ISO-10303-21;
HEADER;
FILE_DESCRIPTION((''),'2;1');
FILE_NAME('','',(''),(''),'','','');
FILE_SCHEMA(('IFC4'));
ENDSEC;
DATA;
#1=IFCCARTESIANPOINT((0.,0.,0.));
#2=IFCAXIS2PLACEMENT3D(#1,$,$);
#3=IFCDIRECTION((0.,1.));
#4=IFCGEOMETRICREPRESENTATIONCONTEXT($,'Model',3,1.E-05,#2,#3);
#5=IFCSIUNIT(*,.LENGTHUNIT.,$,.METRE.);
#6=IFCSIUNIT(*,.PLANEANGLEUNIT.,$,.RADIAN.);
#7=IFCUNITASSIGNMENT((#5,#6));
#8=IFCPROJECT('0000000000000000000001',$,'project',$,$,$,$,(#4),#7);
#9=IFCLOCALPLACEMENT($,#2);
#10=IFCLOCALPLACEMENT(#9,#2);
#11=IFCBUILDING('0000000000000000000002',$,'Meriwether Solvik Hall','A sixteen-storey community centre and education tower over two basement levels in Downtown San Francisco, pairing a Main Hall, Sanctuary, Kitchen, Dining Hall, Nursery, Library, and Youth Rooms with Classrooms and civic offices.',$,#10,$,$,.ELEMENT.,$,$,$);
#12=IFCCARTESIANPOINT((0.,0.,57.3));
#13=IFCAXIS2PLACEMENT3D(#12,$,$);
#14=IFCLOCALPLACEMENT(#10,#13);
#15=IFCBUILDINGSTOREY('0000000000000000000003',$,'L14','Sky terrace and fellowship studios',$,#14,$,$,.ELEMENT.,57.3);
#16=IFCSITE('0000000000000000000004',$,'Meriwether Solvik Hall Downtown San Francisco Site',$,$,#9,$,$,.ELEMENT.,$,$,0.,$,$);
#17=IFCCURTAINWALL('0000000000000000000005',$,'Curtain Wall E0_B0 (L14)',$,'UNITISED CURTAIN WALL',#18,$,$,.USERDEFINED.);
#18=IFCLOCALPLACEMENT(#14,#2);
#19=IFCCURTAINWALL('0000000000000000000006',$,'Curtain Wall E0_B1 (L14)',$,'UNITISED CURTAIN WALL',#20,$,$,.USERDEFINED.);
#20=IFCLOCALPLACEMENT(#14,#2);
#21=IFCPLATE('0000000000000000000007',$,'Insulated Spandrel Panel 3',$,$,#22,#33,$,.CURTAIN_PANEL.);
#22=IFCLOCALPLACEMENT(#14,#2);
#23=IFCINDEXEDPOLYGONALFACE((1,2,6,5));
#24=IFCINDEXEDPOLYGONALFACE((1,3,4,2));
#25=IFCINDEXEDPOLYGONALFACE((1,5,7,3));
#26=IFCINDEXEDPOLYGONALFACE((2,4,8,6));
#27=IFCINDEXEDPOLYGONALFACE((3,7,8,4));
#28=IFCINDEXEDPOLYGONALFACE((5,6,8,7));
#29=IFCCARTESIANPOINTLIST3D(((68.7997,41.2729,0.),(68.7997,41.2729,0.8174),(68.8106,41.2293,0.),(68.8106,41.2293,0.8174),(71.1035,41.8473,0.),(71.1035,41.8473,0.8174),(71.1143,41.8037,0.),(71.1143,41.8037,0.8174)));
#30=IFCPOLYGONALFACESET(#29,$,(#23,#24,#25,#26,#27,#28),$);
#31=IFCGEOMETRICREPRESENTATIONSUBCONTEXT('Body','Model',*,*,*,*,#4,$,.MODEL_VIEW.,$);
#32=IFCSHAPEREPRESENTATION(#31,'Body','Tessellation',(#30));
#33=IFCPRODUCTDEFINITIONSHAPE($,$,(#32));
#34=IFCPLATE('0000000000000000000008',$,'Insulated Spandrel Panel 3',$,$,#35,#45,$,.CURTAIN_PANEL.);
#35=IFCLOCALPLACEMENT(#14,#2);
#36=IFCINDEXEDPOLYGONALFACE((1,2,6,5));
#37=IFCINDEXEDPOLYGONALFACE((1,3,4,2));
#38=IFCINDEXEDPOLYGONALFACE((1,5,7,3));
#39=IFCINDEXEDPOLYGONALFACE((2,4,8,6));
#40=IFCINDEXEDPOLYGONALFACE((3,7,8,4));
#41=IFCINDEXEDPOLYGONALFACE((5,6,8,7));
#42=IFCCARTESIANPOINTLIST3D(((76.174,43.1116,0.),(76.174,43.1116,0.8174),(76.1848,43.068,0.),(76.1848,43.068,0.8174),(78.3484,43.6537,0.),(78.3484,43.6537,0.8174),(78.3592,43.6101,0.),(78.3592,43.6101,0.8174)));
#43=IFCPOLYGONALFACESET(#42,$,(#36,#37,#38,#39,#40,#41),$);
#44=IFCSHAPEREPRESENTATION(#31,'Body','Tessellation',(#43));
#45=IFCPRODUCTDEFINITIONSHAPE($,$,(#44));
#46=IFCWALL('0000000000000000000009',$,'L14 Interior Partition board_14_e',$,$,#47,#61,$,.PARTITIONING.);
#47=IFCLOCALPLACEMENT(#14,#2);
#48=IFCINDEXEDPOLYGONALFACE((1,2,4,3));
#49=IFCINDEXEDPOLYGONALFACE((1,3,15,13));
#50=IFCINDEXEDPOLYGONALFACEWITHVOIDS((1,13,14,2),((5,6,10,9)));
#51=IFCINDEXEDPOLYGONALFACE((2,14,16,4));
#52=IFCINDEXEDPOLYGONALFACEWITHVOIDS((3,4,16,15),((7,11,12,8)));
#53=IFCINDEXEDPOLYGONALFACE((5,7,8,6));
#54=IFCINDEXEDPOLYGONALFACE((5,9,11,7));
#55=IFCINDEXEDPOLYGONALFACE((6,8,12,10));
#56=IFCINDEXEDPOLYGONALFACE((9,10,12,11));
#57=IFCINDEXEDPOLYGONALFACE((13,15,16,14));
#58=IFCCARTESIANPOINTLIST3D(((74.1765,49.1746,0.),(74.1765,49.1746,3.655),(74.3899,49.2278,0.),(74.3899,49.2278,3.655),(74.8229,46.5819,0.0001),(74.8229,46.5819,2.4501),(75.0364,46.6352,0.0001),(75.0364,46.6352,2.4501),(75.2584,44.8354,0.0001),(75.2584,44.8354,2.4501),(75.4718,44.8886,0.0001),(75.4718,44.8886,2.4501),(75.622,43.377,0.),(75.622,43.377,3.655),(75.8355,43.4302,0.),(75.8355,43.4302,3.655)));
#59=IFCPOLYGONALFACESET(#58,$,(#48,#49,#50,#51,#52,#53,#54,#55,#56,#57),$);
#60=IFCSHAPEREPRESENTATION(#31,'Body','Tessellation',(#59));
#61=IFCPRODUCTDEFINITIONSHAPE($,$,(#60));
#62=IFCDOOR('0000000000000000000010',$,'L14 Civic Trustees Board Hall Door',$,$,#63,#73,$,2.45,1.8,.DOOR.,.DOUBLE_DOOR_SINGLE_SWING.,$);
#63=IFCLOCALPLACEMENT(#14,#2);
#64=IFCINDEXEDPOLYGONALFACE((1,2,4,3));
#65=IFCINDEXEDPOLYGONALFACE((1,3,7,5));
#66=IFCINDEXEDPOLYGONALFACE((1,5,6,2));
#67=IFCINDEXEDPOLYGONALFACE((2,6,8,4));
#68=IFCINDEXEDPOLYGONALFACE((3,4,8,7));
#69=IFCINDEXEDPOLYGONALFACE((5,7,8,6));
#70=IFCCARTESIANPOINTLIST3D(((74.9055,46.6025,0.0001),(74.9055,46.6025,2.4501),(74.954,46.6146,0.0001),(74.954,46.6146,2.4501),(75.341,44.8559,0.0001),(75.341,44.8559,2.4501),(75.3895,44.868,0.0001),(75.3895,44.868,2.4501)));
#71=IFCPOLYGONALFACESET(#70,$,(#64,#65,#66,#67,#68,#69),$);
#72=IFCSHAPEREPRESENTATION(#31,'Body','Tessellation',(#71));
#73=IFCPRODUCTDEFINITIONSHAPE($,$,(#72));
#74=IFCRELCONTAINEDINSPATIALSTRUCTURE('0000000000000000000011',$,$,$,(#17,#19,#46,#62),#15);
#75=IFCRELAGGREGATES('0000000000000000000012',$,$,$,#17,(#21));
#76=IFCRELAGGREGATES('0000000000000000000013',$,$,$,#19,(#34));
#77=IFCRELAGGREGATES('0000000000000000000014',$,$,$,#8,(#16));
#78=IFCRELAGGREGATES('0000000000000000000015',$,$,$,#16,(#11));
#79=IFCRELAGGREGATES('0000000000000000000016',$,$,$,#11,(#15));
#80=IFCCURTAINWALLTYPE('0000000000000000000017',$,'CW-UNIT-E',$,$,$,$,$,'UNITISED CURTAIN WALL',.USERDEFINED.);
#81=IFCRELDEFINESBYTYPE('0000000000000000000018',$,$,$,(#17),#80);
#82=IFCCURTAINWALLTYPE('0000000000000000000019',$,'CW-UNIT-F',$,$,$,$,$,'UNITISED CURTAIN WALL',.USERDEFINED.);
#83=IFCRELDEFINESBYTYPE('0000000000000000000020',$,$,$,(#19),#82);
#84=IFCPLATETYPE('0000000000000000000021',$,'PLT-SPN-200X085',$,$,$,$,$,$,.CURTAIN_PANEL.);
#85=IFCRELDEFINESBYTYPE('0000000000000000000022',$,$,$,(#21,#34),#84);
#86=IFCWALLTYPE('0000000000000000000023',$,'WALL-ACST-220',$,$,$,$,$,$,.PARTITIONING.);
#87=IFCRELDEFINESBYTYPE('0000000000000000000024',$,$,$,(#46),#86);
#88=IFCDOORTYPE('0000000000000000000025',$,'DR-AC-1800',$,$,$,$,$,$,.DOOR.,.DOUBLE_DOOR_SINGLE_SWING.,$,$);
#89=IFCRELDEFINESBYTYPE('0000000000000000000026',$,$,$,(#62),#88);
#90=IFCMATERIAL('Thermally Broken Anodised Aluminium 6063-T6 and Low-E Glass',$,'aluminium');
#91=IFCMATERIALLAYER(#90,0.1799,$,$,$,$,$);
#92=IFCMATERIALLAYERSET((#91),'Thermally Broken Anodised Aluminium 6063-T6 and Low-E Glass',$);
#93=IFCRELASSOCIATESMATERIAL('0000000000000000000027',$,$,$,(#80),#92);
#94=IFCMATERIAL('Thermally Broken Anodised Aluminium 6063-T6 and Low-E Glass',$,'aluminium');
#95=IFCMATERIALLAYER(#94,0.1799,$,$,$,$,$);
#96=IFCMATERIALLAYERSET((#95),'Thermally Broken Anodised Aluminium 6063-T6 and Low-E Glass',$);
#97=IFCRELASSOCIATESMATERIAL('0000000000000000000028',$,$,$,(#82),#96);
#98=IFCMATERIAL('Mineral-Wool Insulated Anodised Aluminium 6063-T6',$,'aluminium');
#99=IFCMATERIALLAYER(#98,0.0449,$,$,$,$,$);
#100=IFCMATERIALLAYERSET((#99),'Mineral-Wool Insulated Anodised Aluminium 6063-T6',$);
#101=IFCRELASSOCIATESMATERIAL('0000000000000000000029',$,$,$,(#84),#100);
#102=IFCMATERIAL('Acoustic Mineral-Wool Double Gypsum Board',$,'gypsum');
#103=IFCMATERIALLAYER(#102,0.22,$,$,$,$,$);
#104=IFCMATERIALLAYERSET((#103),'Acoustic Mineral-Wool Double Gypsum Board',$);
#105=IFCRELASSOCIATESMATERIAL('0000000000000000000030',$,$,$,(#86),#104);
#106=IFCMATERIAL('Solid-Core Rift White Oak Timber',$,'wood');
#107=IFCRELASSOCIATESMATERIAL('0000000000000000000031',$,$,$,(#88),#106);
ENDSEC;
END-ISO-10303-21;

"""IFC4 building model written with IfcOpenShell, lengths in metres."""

from ifc_helpers import new_model, si_unit, direction, frame, frame_2d, origin, origin_2d, place, context, subcontext, project, spatial, rectangle, extrude, material, layer, layer_set, type_object, element, fill, aggregate, save


model = new_model("IFC4")

# Units and contexts
model_context = context("Model", 3, precision=1e-05, world=origin(), true_north=direction((0.0, 1.0)))
body_context = subcontext(model_context, "Body", "Model", "MODEL_VIEW")
ifc_project = project(units=[si_unit("LENGTHUNIT", "METRE"), si_unit("PLANEANGLEUNIT", "RADIAN")], contexts=[model_context])

# Site, building, storey
site_placement = place(None, origin())
site = spatial("IfcSite", under=ifc_project, at=site_placement, Name="Meriwether Solvik Hall Downtown San Francisco Site", CompositionType="ELEMENT", RefElevation=0.0)
building_placement = place(site_placement, origin())
building = spatial("IfcBuilding", under=site, at=building_placement, Name="Meriwether Solvik Hall", Description="A sixteen-storey community centre and education tower over two basement levels in Downtown San Francisco, pairing a Main Hall, Sanctuary, Kitchen, Dining Hall, Nursery, Library, and Youth Rooms with Classrooms and civic offices.", CompositionType="ELEMENT")
storey_placement = place(building_placement, frame((0.0, 0.0, 57.3)))
storey = spatial("IfcBuildingStorey", under=building, at=storey_placement, Name="L14", Description="Sky terrace and fellowship studios", CompositionType="ELEMENT", Elevation=57.3)

# Curtain wall
ifc_material_1 = material(Name="Thermally Broken Anodised Aluminium 6063-T6 and Low-E Glass", Category="aluminium")
ifc_layer_1 = layer(ifc_material_1, 0.1799)
ifc_layer_set_1 = layer_set([ifc_layer_1], Name="Thermally Broken Anodised Aluminium 6063-T6 and Low-E Glass")
curtain_wall_type_1 = type_object("IfcCurtainWallType", Name="CW-UNIT-E", ElementType="UNITISED CURTAIN WALL", PredefinedType="USERDEFINED", material=ifc_layer_set_1)
curtain_wall_1_placement = place(storey_placement, origin())
curtain_wall_1 = element("IfcCurtainWall", 1, at=curtain_wall_1_placement, inside=storey, type_object=curtain_wall_type_1, Name="Curtain Wall E0_B0 (L14)", ObjectType="UNITISED CURTAIN WALL", PredefinedType="USERDEFINED")

# Curtain wall
ifc_material_2 = material(Name="Thermally Broken Anodised Aluminium 6063-T6 and Low-E Glass", Category="aluminium")
ifc_layer_2 = layer(ifc_material_2, 0.1799)
ifc_layer_set_2 = layer_set([ifc_layer_2], Name="Thermally Broken Anodised Aluminium 6063-T6 and Low-E Glass")
curtain_wall_type_2 = type_object("IfcCurtainWallType", Name="CW-UNIT-F", ElementType="UNITISED CURTAIN WALL", PredefinedType="USERDEFINED", material=ifc_layer_set_2)
curtain_wall_2_placement = place(storey_placement, origin())
curtain_wall_2 = element("IfcCurtainWall", 2, at=curtain_wall_2_placement, inside=storey, type_object=curtain_wall_type_2, Name="Curtain Wall E0_B1 (L14)", ObjectType="UNITISED CURTAIN WALL", PredefinedType="USERDEFINED")

# Plates
ifc_material_3 = material(Name="Mineral-Wool Insulated Anodised Aluminium 6063-T6", Category="aluminium")
ifc_layer_3 = layer(ifc_material_3, 0.0449)
ifc_layer_set_3 = layer_set([ifc_layer_3], Name="Mineral-Wool Insulated Anodised Aluminium 6063-T6")
plate_type_1 = type_object("IfcPlateType", Name="PLT-SPN-200X085", PredefinedType="CURTAIN_PANEL", material=ifc_layer_set_3)
plate_1_placement = place(storey_placement, frame((69.957, 41.5383, 0.0), z_axis=(0.0, 0.0, 1.0), x_axis=(-0.970296, -0.241922, 0.0)))
plate_1 = element("IfcPlate", 3, at=plate_1_placement, type_object=plate_type_1, Name="Insulated Spandrel Panel 3", PredefinedType="CURTAIN_PANEL", context=body_context, shape_type="SweptSolid", body=[
    extrude(rectangle(XDim=2.3743, YDim=0.0449, at=origin_2d()), origin(), (0.0, 0.0, 1.0), 0.8174),
])
aggregate(curtain_wall_1, [plate_1])
plate_2_placement = place(storey_placement, frame((77.2666, 43.3608, 0.0), z_axis=(0.0, 0.0, 1.0), x_axis=(-0.970296, -0.241922, 0.0)))
plate_2 = element("IfcPlate", 4, at=plate_2_placement, type_object=plate_type_1, Name="Insulated Spandrel Panel 3", PredefinedType="CURTAIN_PANEL", context=body_context, shape_type="SweptSolid", body=[
    extrude(rectangle(XDim=2.241, YDim=0.0449, at=origin_2d()), origin(), (0.0, 0.0, 1.0), 0.8174),
])
aggregate(curtain_wall_2, [plate_2])

# Wall, opening, door
ifc_material_4 = material(Name="Acoustic Mineral-Wool Double Gypsum Board", Category="gypsum")
ifc_layer_4 = layer(ifc_material_4, 0.22)
ifc_layer_set_4 = layer_set([ifc_layer_4], Name="Acoustic Mineral-Wool Double Gypsum Board")
wall_type = type_object("IfcWallType", Name="WALL-ACST-220", PredefinedType="PARTITIONING", material=ifc_layer_set_4)
wall_placement = place(storey_placement, frame((75.7288, 43.4036, 0.0), z_axis=(0.0, 0.0, 1.0), x_axis=(-0.24193, 0.970294, 0.0)))
wall = element("IfcWall", 5, at=wall_placement, inside=storey, type_object=wall_type, Name="L14 Interior Partition board_14_e", PredefinedType="PARTITIONING", context=body_context, shape_type="SweptSolid", body=[
    extrude(rectangle(XDim=5.9751, YDim=0.22, at=frame_2d((2.9875, 0.0))), origin(), (0.0, 0.0, 1.0), 3.655),
])
opening_placement = place(wall_placement, frame((1.5032, 0.0, 0.0)))
opening = element("IfcOpeningElement", 6, at=opening_placement, cuts=wall, PredefinedType="OPENING", context=body_context, shape_type="SweptSolid", body=[
    extrude(rectangle(XDim=1.8, YDim=2.45, at=frame_2d((0.8999, 1.2251))), frame((0.0, 0.1221, 0.0), z_axis=(0.0, -1.0, 0.0), x_axis=(1.0, 0.0, 0.0)), (0.0, 0.0, 1.0), 0.2439),
])
ifc_material_5 = material(Name="Solid-Core Rift White Oak Timber", Category="wood")
door_type = type_object("IfcDoorType", Name="DR-AC-1800", OperationType="DOUBLE_DOOR_SINGLE_SWING", PredefinedType="DOOR", material=ifc_material_5)
door_placement = place(opening_placement, origin())
door = element("IfcDoor", 7, at=door_placement, inside=storey, type_object=door_type, Name="L14 Civic Trustees Board Hall Door", OperationType="DOUBLE_DOOR_SINGLE_SWING", OverallHeight=2.45, OverallWidth=1.8, PredefinedType="DOOR", context=body_context, shape_type="SweptSolid", body=[
    extrude(rectangle(XDim=1.8, YDim=2.45, at=frame_2d((0.8999, 1.2251))), frame((0.0, 0.0249, 0.0), z_axis=(0.0, -1.0, 0.0), x_axis=(1.0, 0.0, 0.0)), (0.0, 0.0, 1.0), 0.05),
])
fill(opening, door)

save(model, "model.ifc")
